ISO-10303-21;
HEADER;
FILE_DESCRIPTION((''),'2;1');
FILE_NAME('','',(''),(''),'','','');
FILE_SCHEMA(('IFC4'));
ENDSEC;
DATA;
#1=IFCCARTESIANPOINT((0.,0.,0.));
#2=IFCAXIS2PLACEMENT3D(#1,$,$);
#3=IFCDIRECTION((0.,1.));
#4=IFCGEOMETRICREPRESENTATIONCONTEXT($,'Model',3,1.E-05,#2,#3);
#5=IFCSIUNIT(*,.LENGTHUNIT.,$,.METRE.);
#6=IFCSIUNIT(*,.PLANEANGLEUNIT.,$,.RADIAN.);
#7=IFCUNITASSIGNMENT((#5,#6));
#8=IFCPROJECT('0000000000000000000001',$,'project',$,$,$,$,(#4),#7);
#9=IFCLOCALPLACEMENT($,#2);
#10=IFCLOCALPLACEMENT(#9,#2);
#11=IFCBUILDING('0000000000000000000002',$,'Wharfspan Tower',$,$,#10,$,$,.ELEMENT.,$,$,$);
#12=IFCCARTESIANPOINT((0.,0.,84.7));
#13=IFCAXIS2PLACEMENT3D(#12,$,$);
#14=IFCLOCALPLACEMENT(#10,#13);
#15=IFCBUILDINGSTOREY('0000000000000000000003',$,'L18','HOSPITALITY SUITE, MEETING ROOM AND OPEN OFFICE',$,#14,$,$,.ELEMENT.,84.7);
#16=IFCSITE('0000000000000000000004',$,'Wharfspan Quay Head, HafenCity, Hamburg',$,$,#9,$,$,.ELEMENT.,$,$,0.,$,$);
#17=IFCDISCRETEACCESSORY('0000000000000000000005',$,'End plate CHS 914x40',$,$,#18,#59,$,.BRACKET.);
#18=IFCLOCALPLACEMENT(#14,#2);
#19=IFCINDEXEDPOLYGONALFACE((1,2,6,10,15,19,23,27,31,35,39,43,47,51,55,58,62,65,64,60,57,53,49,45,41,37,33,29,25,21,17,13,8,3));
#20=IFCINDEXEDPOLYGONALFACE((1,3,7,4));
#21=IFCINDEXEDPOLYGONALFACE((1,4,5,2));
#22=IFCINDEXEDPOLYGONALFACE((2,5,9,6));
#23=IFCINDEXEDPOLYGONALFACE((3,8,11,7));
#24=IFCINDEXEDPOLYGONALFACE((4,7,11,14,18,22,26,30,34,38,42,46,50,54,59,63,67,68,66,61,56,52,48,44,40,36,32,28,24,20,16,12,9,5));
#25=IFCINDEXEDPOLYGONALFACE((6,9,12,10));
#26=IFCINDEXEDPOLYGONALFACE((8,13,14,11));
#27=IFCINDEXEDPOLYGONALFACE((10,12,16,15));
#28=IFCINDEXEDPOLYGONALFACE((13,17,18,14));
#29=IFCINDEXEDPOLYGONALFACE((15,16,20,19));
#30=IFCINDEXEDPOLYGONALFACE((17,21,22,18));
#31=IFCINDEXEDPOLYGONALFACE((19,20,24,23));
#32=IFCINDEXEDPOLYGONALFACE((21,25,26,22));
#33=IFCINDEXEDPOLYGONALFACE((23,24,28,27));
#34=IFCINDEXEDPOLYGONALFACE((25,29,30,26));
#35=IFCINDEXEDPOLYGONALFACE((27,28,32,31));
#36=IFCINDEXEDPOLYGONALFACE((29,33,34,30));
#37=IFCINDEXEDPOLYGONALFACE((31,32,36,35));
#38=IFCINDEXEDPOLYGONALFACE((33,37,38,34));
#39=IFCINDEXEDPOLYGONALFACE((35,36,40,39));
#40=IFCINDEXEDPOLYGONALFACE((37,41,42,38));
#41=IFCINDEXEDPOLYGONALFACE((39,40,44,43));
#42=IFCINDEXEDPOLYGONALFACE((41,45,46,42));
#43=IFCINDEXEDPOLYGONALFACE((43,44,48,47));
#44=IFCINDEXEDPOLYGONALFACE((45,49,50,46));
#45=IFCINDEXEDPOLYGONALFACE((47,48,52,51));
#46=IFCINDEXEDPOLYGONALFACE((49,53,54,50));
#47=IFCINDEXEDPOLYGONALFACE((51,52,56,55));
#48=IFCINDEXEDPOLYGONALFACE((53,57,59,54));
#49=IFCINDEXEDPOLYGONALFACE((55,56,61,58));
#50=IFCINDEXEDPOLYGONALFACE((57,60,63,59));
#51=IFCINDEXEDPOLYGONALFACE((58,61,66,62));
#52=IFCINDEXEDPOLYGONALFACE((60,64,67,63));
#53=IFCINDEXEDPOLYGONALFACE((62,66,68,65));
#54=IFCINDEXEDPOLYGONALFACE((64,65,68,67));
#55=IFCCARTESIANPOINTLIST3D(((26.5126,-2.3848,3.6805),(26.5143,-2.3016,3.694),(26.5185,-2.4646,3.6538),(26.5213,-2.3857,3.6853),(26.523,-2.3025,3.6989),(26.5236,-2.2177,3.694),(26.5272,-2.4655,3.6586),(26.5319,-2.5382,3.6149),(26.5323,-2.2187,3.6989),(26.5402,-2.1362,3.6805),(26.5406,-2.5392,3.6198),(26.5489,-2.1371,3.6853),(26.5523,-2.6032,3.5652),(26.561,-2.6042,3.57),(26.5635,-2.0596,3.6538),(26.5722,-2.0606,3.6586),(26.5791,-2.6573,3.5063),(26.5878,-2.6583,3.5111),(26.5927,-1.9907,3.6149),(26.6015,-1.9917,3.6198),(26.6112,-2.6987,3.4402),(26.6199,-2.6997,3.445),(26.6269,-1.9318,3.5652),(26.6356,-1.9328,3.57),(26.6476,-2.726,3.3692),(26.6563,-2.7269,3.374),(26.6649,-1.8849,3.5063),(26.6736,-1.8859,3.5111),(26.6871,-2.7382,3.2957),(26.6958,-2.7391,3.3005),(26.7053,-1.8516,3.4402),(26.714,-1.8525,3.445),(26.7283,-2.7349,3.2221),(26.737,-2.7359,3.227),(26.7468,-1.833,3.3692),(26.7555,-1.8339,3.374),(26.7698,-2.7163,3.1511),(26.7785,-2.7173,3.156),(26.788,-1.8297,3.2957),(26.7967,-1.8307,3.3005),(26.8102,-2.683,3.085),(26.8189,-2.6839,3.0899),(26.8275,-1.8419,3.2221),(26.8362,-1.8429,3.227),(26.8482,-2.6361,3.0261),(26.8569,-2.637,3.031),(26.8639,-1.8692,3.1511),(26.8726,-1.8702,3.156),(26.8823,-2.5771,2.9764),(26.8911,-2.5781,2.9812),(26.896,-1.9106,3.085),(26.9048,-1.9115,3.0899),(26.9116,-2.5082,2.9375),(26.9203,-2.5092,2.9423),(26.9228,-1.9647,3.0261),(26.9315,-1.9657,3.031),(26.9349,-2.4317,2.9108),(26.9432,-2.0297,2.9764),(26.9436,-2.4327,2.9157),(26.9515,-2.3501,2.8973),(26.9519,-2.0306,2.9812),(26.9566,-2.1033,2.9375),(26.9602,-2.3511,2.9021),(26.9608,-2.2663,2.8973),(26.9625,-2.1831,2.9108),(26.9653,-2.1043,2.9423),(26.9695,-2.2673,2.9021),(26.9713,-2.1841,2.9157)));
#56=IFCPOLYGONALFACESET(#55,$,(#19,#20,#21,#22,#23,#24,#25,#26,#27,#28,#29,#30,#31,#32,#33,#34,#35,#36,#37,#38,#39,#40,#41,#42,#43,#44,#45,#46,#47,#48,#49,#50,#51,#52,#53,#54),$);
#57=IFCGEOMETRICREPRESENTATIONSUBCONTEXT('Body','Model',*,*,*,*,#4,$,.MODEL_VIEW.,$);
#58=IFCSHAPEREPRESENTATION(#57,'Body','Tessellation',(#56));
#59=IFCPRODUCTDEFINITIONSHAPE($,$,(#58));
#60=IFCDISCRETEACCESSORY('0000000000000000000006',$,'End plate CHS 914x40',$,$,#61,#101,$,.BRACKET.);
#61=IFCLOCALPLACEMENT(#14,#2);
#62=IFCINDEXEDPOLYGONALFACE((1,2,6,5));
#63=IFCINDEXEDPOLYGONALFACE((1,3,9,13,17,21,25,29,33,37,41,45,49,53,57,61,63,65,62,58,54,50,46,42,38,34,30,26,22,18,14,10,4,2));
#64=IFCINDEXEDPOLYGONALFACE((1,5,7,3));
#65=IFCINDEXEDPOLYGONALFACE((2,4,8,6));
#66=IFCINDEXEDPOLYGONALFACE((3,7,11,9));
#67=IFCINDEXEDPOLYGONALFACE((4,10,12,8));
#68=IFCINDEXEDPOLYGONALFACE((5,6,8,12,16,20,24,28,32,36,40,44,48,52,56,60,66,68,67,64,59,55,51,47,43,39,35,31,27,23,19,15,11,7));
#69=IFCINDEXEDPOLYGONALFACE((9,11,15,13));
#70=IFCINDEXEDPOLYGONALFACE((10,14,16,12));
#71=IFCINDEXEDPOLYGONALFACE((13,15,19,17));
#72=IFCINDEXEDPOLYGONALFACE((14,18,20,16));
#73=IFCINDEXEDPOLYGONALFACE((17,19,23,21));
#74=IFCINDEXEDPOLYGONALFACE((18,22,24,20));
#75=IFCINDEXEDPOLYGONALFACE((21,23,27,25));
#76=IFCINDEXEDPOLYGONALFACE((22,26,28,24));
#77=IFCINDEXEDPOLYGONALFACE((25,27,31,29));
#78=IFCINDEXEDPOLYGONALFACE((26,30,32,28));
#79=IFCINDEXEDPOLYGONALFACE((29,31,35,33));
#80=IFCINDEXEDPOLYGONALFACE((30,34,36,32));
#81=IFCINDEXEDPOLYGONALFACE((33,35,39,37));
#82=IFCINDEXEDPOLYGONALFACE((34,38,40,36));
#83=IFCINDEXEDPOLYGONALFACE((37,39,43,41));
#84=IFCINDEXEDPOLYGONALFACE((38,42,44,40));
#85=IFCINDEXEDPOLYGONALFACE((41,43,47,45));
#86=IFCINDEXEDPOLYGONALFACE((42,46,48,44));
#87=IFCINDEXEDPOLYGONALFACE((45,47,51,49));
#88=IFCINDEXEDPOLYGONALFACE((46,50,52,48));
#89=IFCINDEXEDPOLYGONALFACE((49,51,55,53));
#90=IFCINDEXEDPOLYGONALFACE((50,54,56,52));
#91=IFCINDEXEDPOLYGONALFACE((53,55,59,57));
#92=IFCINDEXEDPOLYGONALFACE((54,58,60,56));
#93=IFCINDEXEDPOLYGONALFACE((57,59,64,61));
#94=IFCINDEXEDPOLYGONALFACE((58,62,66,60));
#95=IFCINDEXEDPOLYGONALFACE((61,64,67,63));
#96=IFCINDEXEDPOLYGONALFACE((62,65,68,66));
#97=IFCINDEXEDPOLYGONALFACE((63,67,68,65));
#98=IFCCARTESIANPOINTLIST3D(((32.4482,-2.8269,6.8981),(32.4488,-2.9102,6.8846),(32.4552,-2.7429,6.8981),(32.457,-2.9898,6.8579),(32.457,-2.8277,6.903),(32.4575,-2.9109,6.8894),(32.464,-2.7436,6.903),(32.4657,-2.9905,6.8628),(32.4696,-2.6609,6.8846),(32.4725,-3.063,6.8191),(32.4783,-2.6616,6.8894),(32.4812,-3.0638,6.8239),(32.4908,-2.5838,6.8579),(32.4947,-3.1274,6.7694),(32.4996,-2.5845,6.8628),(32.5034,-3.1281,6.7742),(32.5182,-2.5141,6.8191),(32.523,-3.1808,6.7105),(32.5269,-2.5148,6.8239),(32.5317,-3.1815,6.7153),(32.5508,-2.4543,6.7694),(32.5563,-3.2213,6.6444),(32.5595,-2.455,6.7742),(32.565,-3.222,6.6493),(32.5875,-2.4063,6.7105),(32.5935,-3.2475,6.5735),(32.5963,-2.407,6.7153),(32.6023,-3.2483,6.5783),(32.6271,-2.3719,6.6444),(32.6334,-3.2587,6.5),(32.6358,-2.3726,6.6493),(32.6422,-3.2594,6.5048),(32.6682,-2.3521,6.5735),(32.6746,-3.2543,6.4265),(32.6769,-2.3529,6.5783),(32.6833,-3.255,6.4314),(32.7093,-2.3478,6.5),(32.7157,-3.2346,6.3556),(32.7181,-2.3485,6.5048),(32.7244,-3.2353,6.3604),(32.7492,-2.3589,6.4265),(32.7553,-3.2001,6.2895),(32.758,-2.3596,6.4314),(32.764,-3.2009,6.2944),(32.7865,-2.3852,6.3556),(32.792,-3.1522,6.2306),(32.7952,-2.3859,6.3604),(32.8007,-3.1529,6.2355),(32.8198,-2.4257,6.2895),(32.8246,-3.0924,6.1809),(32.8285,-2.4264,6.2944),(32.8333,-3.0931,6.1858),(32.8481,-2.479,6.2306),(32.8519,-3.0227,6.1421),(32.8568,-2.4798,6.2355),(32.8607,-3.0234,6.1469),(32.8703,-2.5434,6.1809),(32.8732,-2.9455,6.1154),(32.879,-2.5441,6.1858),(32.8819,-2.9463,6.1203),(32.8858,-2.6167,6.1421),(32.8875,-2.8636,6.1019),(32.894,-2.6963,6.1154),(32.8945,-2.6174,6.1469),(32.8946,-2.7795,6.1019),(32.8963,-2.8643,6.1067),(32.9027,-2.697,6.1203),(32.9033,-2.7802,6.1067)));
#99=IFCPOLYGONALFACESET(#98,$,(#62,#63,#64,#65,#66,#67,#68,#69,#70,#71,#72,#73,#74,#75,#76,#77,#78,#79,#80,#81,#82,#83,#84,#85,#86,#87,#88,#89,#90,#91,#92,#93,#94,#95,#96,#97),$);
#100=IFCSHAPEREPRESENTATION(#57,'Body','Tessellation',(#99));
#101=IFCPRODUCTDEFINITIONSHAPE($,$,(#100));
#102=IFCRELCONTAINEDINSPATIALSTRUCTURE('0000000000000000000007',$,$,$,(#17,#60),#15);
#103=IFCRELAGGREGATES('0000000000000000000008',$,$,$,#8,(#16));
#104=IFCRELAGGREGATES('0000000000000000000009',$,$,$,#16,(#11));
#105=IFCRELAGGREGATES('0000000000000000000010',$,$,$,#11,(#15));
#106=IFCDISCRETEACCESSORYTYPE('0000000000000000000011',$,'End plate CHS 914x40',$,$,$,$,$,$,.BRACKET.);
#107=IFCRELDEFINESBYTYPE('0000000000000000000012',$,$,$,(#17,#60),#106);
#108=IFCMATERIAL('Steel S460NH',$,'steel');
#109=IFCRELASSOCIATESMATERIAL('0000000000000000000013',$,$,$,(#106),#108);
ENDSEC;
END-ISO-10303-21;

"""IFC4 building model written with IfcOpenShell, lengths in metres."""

from ifc_helpers import new_model, si_unit, direction, frame, origin, origin_2d, place, context, subcontext, project, spatial, circle, extrude, material, material_profile, profile_set, type_object, element, save


model = new_model("IFC4")

# Units and contexts
model_context = context("Model", 3, precision=1e-05, world=origin(), true_north=direction((0.0, 1.0)))
body_context = subcontext(model_context, "Body", "Model", "MODEL_VIEW")
ifc_project = project(units=[si_unit("LENGTHUNIT", "METRE"), si_unit("PLANEANGLEUNIT", "RADIAN")], contexts=[model_context])

# Site, building, storey
site_placement = place(None, origin())
site = spatial("IfcSite", under=ifc_project, at=site_placement, Name="Wharfspan Quay Head, HafenCity, Hamburg", CompositionType="ELEMENT", RefElevation=0.0)
building_placement = place(site_placement, origin())
building = spatial("IfcBuilding", under=site, at=building_placement, Name="Wharfspan Tower", CompositionType="ELEMENT")
storey_placement = place(building_placement, frame((0.0, 0.0, 84.7)))
storey = spatial("IfcBuildingStorey", under=building, at=storey_placement, Name="L18", Description="HOSPITALITY SUITE, MEETING ROOM AND OPEN OFFICE", CompositionType="ELEMENT", Elevation=84.7)

# Shared definitions
ifc_material_1 = material(Name="Steel S460NH", Category="steel")

# Discrete accessories
ifc_material_profile_1 = material_profile(ifc_material_1, circle(Radius=0.457, at=origin_2d()))
ifc_profile_set_1 = profile_set([ifc_material_profile_1], Name="Steel S460NH")
discrete_accessory_type = type_object("IfcDiscreteAccessoryType", Name="End plate CHS 914x40", PredefinedType="BRACKET", material=ifc_profile_set_1)
for number, where, z_axis, x_axis, name in (
    (1, (26.7375, -2.2839, 3.2957), (0.870063, -0.096674, 0.483368), (0.110432, 0.993885, 0.0), "End plate CHS 914x40"),
    (2, (32.6714, -2.8032, 6.5), (0.871847, -0.072654, 0.484359), (0.083044, 0.996547, 0.000003), "End plate CHS 914x40"),
):
    element("IfcDiscreteAccessory", number, at=place(storey_placement, frame(where, z_axis=z_axis, x_axis=x_axis)), inside=storey, type_object=discrete_accessory_type, Name=name, PredefinedType="BRACKET", context=body_context, shape_type="SweptSolid", body=[
        extrude(circle(Radius=0.457, at=origin_2d()), origin(), (0.0, 0.0, 1.0), 0.01),
    ])

save(model, "model.ifc")
